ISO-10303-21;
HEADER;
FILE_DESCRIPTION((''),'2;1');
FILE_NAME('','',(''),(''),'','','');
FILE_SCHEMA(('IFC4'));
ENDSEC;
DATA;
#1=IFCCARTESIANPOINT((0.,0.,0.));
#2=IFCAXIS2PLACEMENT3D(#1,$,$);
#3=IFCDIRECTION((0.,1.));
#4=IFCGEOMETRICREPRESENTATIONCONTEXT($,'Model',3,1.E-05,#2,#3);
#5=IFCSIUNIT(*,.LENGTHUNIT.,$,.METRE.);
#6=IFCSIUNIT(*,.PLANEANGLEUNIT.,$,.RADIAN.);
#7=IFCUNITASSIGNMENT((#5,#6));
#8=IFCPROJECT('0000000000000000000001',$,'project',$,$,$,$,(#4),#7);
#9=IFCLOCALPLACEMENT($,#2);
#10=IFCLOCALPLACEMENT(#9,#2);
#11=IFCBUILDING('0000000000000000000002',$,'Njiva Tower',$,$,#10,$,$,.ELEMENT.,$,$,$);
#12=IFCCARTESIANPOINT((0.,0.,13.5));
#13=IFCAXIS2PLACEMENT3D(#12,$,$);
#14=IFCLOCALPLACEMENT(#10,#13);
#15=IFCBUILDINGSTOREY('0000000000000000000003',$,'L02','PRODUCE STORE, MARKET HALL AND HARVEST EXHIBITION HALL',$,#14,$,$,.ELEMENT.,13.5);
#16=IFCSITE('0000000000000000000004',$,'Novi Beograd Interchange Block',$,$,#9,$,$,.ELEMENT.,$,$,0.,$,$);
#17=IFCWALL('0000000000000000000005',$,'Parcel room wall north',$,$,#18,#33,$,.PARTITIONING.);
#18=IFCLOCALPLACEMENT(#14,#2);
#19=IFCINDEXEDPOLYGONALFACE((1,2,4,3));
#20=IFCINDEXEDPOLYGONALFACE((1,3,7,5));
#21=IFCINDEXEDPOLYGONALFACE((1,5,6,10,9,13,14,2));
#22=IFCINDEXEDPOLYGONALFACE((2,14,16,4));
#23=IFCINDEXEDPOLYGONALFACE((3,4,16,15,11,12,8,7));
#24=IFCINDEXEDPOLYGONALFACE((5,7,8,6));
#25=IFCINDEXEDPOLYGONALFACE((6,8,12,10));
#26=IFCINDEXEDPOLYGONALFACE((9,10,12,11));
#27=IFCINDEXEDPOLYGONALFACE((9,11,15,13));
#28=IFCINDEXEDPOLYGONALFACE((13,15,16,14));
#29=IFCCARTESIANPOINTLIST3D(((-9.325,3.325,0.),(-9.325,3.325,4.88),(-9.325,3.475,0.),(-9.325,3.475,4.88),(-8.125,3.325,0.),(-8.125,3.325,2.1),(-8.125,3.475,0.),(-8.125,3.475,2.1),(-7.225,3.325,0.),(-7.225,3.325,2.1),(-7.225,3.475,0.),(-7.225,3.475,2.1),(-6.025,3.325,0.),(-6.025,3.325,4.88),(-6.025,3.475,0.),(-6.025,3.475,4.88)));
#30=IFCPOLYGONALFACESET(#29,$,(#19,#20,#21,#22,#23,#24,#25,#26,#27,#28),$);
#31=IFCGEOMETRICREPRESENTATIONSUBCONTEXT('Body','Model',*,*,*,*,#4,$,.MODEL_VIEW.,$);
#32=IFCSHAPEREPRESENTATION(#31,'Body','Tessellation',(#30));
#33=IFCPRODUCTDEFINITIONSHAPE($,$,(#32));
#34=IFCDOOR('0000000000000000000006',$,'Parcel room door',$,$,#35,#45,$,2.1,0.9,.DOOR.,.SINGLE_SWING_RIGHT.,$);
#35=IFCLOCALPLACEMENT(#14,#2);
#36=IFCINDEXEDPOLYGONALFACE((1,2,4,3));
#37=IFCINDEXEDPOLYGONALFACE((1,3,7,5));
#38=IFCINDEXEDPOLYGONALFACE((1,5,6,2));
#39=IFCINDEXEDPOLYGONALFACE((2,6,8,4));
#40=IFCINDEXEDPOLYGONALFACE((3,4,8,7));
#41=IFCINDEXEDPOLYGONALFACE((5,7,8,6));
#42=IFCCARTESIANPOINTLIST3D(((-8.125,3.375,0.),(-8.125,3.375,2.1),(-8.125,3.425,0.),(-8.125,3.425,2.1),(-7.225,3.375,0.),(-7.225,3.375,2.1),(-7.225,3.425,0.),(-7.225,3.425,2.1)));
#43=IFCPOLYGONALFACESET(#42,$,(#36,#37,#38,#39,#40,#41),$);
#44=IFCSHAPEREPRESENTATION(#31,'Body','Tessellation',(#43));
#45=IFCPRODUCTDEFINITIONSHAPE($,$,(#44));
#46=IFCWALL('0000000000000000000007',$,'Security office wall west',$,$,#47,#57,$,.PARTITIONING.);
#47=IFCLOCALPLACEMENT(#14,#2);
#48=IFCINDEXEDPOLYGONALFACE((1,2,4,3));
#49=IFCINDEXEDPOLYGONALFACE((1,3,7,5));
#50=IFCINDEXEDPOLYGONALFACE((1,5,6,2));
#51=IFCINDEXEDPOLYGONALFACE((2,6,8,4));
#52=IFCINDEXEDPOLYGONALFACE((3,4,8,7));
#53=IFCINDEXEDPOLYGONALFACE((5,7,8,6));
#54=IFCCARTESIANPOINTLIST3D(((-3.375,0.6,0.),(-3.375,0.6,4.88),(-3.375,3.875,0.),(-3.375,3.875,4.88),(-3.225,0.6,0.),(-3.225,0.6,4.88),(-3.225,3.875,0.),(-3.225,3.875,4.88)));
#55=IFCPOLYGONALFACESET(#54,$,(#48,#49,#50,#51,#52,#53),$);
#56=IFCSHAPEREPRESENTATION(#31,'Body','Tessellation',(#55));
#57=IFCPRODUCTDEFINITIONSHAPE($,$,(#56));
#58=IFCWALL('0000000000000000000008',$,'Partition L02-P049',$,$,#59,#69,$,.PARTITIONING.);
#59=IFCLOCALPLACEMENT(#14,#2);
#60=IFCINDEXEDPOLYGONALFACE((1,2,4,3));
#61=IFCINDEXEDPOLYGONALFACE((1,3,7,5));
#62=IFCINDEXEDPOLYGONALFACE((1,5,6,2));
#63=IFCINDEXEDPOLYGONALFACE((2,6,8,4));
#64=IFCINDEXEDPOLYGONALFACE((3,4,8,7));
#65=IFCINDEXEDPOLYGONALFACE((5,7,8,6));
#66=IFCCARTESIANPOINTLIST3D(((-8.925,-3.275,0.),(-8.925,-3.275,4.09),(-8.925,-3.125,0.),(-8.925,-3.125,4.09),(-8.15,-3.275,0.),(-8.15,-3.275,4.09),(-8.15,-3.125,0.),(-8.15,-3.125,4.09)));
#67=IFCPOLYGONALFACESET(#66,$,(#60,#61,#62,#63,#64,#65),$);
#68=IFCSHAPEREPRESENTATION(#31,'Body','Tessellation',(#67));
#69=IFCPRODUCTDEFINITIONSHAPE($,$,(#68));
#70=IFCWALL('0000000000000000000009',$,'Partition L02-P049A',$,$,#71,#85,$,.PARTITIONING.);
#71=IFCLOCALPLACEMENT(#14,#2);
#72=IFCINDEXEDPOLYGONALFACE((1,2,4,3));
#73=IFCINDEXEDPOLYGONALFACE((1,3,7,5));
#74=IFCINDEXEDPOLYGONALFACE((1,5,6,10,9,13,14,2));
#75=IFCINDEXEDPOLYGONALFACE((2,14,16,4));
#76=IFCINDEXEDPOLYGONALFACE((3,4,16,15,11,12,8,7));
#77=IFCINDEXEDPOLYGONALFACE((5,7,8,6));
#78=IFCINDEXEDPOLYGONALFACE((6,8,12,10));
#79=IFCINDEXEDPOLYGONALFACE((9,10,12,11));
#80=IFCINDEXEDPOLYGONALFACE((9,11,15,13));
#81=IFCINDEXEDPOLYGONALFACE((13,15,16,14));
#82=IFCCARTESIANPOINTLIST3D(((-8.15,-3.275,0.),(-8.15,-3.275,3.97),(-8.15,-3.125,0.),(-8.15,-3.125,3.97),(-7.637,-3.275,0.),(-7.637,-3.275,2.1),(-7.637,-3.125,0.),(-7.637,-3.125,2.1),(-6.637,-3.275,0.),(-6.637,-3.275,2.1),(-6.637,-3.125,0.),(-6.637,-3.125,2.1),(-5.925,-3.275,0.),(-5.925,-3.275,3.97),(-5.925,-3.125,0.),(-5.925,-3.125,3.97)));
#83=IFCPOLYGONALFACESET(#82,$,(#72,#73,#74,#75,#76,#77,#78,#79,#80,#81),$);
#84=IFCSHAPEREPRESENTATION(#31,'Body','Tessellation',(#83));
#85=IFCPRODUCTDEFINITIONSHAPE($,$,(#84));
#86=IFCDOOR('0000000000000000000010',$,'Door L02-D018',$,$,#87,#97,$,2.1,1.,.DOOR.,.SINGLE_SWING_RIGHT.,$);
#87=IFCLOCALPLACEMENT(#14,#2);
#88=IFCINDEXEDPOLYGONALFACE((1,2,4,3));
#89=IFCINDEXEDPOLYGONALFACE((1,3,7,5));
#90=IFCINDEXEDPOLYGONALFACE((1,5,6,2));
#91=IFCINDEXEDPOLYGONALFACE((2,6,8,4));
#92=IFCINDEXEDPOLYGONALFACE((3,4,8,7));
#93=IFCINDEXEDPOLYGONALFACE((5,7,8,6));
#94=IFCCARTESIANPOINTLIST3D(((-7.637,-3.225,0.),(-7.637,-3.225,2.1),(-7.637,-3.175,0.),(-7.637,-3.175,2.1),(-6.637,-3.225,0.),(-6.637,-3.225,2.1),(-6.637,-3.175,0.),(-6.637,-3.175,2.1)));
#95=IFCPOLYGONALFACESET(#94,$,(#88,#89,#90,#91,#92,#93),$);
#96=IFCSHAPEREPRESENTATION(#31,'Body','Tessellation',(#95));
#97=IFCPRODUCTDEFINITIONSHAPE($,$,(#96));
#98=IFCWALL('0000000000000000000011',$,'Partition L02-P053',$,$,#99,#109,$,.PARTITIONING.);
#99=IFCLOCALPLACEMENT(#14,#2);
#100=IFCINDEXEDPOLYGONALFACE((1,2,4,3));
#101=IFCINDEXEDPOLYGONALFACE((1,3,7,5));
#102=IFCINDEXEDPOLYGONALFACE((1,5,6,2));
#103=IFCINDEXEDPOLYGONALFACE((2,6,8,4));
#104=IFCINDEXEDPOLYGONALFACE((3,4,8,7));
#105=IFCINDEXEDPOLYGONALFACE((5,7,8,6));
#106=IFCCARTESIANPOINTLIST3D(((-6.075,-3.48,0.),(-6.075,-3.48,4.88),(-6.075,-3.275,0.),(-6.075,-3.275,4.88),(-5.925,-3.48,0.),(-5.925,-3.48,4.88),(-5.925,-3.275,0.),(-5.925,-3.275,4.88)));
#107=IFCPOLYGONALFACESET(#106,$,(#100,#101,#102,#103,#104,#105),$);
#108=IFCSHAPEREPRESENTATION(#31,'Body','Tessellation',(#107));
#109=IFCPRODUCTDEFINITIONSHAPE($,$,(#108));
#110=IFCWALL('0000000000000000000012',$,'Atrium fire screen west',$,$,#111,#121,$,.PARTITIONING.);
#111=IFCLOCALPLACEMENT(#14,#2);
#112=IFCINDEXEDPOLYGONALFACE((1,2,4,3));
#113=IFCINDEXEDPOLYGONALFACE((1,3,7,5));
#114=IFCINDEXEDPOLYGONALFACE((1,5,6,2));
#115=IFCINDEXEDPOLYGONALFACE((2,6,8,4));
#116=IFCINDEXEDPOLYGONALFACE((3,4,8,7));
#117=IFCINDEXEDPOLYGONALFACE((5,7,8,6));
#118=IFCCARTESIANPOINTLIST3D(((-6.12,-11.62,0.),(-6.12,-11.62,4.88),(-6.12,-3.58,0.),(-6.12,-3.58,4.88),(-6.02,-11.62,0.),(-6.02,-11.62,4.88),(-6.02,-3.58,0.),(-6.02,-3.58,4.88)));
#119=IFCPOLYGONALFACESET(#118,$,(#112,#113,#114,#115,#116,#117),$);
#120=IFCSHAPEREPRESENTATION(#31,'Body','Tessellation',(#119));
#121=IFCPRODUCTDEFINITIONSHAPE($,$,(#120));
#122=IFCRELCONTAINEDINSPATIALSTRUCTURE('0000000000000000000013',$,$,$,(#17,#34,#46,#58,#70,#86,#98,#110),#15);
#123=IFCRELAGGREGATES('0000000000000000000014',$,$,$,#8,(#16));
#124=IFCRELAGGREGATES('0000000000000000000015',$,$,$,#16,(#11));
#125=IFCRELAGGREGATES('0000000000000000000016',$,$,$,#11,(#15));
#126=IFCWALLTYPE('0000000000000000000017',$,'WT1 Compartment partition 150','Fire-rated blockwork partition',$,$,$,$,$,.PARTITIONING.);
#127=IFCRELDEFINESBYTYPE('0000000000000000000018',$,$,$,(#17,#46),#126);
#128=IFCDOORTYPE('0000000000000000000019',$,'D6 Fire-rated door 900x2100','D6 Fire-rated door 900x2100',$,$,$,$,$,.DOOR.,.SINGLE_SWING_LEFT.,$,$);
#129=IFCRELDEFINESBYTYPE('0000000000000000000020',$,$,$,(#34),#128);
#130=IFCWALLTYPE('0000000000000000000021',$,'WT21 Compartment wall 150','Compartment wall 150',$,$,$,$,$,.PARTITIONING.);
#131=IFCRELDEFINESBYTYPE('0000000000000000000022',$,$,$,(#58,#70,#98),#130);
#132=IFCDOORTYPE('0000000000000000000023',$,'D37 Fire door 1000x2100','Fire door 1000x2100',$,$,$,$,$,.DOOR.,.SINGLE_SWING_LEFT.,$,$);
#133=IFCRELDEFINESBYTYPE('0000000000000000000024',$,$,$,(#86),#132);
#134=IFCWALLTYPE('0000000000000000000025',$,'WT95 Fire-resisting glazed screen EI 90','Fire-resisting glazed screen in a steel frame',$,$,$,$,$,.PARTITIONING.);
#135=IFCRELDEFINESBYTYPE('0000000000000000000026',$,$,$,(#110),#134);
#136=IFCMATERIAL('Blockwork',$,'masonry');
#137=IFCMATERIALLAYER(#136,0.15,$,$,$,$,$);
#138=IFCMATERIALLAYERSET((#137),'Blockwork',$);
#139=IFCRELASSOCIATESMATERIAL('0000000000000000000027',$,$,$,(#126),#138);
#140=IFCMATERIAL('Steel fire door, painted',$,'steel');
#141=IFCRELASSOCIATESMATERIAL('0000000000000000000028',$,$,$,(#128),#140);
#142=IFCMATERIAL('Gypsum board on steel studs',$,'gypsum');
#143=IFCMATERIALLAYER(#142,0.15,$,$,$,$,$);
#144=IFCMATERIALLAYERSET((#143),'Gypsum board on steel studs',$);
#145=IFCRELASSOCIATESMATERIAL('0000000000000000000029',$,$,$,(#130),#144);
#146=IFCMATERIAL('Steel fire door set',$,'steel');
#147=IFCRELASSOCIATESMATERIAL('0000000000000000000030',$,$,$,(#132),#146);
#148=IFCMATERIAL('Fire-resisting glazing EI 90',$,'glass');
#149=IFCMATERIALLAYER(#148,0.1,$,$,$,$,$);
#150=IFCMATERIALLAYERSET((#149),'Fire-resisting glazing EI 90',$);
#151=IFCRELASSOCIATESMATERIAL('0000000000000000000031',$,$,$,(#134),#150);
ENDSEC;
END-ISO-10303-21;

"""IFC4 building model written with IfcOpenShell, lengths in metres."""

from ifc_helpers import new_model, si_unit, direction, frame, frame_2d, origin, place, context, subcontext, project, spatial, rectangle, extrude, material, layer, layer_set, type_object, element, fill, save


model = new_model("IFC4")

# Units and contexts
model_context = context("Model", 3, precision=1e-05, world=origin(), true_north=direction((0.0, 1.0)))
body_context = subcontext(model_context, "Body", "Model", "MODEL_VIEW")
ifc_project = project(units=[si_unit("LENGTHUNIT", "METRE"), si_unit("PLANEANGLEUNIT", "RADIAN")], contexts=[model_context])

# Site, building, storey
site_placement = place(None, origin())
site = spatial("IfcSite", under=ifc_project, at=site_placement, Name="Novi Beograd Interchange Block", CompositionType="ELEMENT", RefElevation=0.0)
building_placement = place(site_placement, origin())
building = spatial("IfcBuilding", under=site, at=building_placement, Name="Njiva Tower", CompositionType="ELEMENT")
storey_placement = place(building_placement, frame((0.0, 0.0, 13.5)))
storey = spatial("IfcBuildingStorey", under=building, at=storey_placement, Name="L02", Description="PRODUCE STORE, MARKET HALL AND HARVEST EXHIBITION HALL", CompositionType="ELEMENT", Elevation=13.5)

# Shared definitions
ifc_material_1 = material(Name="Blockwork", Category="masonry")
ifc_layer_1 = layer(ifc_material_1, 0.15)
ifc_layer_set_1 = layer_set([ifc_layer_1], Name="Blockwork")
wall_type_1 = type_object("IfcWallType", Name="WT1 Compartment partition 150", Description="Fire-rated blockwork partition", PredefinedType="PARTITIONING", material=ifc_layer_set_1)

# Wall, opening, door
wall_1_placement = place(storey_placement, frame((-9.325, 3.4, 0.0), z_axis=(0.0, 0.0, 1.0), x_axis=(1.0, 0.0, 0.0)))
wall_1 = element("IfcWall", 1, at=wall_1_placement, inside=storey, type_object=wall_type_1, Name="Parcel room wall north", PredefinedType="PARTITIONING", context=body_context, shape_type="SweptSolid", body=[
    extrude(rectangle(XDim=3.3, YDim=0.15, at=frame_2d((1.65, 0.0))), origin(), (0.0, 0.0, 1.0), 4.88),
])
opening_1_placement = place(wall_1_placement, frame((1.2, 0.0, 0.0)))
opening_1 = element("IfcOpeningElement", 2, at=opening_1_placement, cuts=wall_1, PredefinedType="OPENING", context=body_context, shape_type="SweptSolid", body=[
    extrude(rectangle(XDim=0.9, YDim=2.1, at=frame_2d((0.45, 1.05))), frame((0.0, 0.085, 0.0), z_axis=(0.0, -1.0, 0.0), x_axis=(1.0, 0.0, 0.0)), (0.0, 0.0, 1.0), 0.17),
])
ifc_material_2 = material(Name="Steel fire door, painted", Category="steel")
door_type_1 = type_object("IfcDoorType", Name="D6 Fire-rated door 900x2100", Description="D6 Fire-rated door 900x2100", OperationType="SINGLE_SWING_LEFT", PredefinedType="DOOR", material=ifc_material_2)
door_1_placement = place(opening_1_placement, origin())
door_1 = element("IfcDoor", 3, at=door_1_placement, inside=storey, type_object=door_type_1, Name="Parcel room door", OperationType="SINGLE_SWING_RIGHT", OverallHeight=2.1, OverallWidth=0.9, PredefinedType="DOOR", context=body_context, shape_type="SweptSolid", body=[
    extrude(rectangle(XDim=0.9, YDim=2.1, at=frame_2d((0.45, 1.05))), frame((0.0, 0.025, 0.0), z_axis=(0.0, -1.0, 0.0), x_axis=(1.0, 0.0, 0.0)), (0.0, 0.0, 1.0), 0.05),
])
fill(opening_1, door_1)

# Walls
wall_2_placement = place(storey_placement, frame((-3.3, 0.6, 0.0), z_axis=(0.0, 0.0, 1.0), x_axis=(0.0, 1.0, 0.0)))
element("IfcWall", 4, at=wall_2_placement, inside=storey, type_object=wall_type_1, Name="Security office wall west", PredefinedType="PARTITIONING", context=body_context, shape_type="SweptSolid", body=[
    extrude(rectangle(XDim=3.275, YDim=0.15, at=frame_2d((1.6375, 0.0))), origin(), (0.0, 0.0, 1.0), 4.88),
])
ifc_material_3 = material(Name="Gypsum board on steel studs", Category="gypsum")
ifc_layer_2 = layer(ifc_material_3, 0.15)
ifc_layer_set_2 = layer_set([ifc_layer_2], Name="Gypsum board on steel studs")
wall_type_2 = type_object("IfcWallType", Name="WT21 Compartment wall 150", Description="Compartment wall 150", PredefinedType="PARTITIONING", material=ifc_layer_set_2)
wall_3_placement = place(storey_placement, frame((-8.925, -3.2, 0.0), z_axis=(0.0, 0.0, 1.0), x_axis=(1.0, 0.0, 0.0)))
element("IfcWall", 5, at=wall_3_placement, inside=storey, type_object=wall_type_2, Name="Partition L02-P049", PredefinedType="PARTITIONING", context=body_context, shape_type="SweptSolid", body=[
    extrude(rectangle(XDim=0.775, YDim=0.15, at=frame_2d((0.3875, 0.0))), origin(), (0.0, 0.0, 1.0), 4.09),
])

# Wall, opening, door
wall_4_placement = place(storey_placement, frame((-8.15, -3.2, 0.0), z_axis=(0.0, 0.0, 1.0), x_axis=(1.0, 0.0, 0.0)))
wall_4 = element("IfcWall", 6, at=wall_4_placement, inside=storey, type_object=wall_type_2, Name="Partition L02-P049A", PredefinedType="PARTITIONING", context=body_context, shape_type="SweptSolid", body=[
    extrude(rectangle(XDim=2.225, YDim=0.15, at=frame_2d((1.1125, 0.0))), origin(), (0.0, 0.0, 1.0), 3.97),
])
opening_2_placement = place(wall_4_placement, frame((0.513, 0.0, 0.0)))
opening_2 = element("IfcOpeningElement", 7, at=opening_2_placement, cuts=wall_4, PredefinedType="OPENING", context=body_context, shape_type="SweptSolid", body=[
    extrude(rectangle(XDim=1.0, YDim=2.1, at=frame_2d((0.5, 1.05))), frame((0.0, 0.085, 0.0), z_axis=(0.0, -1.0, 0.0), x_axis=(1.0, 0.0, 0.0)), (0.0, 0.0, 1.0), 0.17),
])
ifc_material_4 = material(Name="Steel fire door set", Category="steel")
door_type_2 = type_object("IfcDoorType", Name="D37 Fire door 1000x2100", Description="Fire door 1000x2100", OperationType="SINGLE_SWING_LEFT", PredefinedType="DOOR", material=ifc_material_4)
door_2_placement = place(opening_2_placement, origin())
door_2 = element("IfcDoor", 8, at=door_2_placement, inside=storey, type_object=door_type_2, Name="Door L02-D018", OperationType="SINGLE_SWING_RIGHT", OverallHeight=2.1, OverallWidth=1.0, PredefinedType="DOOR", context=body_context, shape_type="SweptSolid", body=[
    extrude(rectangle(XDim=1.0, YDim=2.1, at=frame_2d((0.5, 1.05))), frame((0.0, 0.025, 0.0), z_axis=(0.0, -1.0, 0.0), x_axis=(1.0, 0.0, 0.0)), (0.0, 0.0, 1.0), 0.05),
])
fill(opening_2, door_2)

# Walls
wall_5_placement = place(storey_placement, frame((-6.0, -3.48, 0.0), z_axis=(0.0, 0.0, 1.0), x_axis=(0.0, 1.0, 0.0)))
element("IfcWall", 9, at=wall_5_placement, inside=storey, type_object=wall_type_2, Name="Partition L02-P053", PredefinedType="PARTITIONING", context=body_context, shape_type="SweptSolid", body=[
    extrude(rectangle(XDim=0.205, YDim=0.15, at=frame_2d((0.1025, 0.0))), origin(), (0.0, 0.0, 1.0), 4.88),
])
ifc_material_5 = material(Name="Fire-resisting glazing EI 90", Category="glass")
ifc_layer_3 = layer(ifc_material_5, 0.1)
ifc_layer_set_3 = layer_set([ifc_layer_3], Name="Fire-resisting glazing EI 90")
wall_type_3 = type_object("IfcWallType", Name="WT95 Fire-resisting glazed screen EI 90", Description="Fire-resisting glazed screen in a steel frame", PredefinedType="PARTITIONING", material=ifc_layer_set_3)
wall_6_placement = place(storey_placement, frame((-6.07, -3.58, 0.0), z_axis=(0.0, 0.0, 1.0), x_axis=(0.0, -1.0, 0.0)))
element("IfcWall", 10, at=wall_6_placement, inside=storey, type_object=wall_type_3, Name="Atrium fire screen west", PredefinedType="PARTITIONING", context=body_context, shape_type="SweptSolid", body=[
    extrude(rectangle(XDim=8.04, YDim=0.1, at=frame_2d((4.02, 0.0))), origin(), (0.0, 0.0, 1.0), 4.88),
])

save(model, "model.ifc")
